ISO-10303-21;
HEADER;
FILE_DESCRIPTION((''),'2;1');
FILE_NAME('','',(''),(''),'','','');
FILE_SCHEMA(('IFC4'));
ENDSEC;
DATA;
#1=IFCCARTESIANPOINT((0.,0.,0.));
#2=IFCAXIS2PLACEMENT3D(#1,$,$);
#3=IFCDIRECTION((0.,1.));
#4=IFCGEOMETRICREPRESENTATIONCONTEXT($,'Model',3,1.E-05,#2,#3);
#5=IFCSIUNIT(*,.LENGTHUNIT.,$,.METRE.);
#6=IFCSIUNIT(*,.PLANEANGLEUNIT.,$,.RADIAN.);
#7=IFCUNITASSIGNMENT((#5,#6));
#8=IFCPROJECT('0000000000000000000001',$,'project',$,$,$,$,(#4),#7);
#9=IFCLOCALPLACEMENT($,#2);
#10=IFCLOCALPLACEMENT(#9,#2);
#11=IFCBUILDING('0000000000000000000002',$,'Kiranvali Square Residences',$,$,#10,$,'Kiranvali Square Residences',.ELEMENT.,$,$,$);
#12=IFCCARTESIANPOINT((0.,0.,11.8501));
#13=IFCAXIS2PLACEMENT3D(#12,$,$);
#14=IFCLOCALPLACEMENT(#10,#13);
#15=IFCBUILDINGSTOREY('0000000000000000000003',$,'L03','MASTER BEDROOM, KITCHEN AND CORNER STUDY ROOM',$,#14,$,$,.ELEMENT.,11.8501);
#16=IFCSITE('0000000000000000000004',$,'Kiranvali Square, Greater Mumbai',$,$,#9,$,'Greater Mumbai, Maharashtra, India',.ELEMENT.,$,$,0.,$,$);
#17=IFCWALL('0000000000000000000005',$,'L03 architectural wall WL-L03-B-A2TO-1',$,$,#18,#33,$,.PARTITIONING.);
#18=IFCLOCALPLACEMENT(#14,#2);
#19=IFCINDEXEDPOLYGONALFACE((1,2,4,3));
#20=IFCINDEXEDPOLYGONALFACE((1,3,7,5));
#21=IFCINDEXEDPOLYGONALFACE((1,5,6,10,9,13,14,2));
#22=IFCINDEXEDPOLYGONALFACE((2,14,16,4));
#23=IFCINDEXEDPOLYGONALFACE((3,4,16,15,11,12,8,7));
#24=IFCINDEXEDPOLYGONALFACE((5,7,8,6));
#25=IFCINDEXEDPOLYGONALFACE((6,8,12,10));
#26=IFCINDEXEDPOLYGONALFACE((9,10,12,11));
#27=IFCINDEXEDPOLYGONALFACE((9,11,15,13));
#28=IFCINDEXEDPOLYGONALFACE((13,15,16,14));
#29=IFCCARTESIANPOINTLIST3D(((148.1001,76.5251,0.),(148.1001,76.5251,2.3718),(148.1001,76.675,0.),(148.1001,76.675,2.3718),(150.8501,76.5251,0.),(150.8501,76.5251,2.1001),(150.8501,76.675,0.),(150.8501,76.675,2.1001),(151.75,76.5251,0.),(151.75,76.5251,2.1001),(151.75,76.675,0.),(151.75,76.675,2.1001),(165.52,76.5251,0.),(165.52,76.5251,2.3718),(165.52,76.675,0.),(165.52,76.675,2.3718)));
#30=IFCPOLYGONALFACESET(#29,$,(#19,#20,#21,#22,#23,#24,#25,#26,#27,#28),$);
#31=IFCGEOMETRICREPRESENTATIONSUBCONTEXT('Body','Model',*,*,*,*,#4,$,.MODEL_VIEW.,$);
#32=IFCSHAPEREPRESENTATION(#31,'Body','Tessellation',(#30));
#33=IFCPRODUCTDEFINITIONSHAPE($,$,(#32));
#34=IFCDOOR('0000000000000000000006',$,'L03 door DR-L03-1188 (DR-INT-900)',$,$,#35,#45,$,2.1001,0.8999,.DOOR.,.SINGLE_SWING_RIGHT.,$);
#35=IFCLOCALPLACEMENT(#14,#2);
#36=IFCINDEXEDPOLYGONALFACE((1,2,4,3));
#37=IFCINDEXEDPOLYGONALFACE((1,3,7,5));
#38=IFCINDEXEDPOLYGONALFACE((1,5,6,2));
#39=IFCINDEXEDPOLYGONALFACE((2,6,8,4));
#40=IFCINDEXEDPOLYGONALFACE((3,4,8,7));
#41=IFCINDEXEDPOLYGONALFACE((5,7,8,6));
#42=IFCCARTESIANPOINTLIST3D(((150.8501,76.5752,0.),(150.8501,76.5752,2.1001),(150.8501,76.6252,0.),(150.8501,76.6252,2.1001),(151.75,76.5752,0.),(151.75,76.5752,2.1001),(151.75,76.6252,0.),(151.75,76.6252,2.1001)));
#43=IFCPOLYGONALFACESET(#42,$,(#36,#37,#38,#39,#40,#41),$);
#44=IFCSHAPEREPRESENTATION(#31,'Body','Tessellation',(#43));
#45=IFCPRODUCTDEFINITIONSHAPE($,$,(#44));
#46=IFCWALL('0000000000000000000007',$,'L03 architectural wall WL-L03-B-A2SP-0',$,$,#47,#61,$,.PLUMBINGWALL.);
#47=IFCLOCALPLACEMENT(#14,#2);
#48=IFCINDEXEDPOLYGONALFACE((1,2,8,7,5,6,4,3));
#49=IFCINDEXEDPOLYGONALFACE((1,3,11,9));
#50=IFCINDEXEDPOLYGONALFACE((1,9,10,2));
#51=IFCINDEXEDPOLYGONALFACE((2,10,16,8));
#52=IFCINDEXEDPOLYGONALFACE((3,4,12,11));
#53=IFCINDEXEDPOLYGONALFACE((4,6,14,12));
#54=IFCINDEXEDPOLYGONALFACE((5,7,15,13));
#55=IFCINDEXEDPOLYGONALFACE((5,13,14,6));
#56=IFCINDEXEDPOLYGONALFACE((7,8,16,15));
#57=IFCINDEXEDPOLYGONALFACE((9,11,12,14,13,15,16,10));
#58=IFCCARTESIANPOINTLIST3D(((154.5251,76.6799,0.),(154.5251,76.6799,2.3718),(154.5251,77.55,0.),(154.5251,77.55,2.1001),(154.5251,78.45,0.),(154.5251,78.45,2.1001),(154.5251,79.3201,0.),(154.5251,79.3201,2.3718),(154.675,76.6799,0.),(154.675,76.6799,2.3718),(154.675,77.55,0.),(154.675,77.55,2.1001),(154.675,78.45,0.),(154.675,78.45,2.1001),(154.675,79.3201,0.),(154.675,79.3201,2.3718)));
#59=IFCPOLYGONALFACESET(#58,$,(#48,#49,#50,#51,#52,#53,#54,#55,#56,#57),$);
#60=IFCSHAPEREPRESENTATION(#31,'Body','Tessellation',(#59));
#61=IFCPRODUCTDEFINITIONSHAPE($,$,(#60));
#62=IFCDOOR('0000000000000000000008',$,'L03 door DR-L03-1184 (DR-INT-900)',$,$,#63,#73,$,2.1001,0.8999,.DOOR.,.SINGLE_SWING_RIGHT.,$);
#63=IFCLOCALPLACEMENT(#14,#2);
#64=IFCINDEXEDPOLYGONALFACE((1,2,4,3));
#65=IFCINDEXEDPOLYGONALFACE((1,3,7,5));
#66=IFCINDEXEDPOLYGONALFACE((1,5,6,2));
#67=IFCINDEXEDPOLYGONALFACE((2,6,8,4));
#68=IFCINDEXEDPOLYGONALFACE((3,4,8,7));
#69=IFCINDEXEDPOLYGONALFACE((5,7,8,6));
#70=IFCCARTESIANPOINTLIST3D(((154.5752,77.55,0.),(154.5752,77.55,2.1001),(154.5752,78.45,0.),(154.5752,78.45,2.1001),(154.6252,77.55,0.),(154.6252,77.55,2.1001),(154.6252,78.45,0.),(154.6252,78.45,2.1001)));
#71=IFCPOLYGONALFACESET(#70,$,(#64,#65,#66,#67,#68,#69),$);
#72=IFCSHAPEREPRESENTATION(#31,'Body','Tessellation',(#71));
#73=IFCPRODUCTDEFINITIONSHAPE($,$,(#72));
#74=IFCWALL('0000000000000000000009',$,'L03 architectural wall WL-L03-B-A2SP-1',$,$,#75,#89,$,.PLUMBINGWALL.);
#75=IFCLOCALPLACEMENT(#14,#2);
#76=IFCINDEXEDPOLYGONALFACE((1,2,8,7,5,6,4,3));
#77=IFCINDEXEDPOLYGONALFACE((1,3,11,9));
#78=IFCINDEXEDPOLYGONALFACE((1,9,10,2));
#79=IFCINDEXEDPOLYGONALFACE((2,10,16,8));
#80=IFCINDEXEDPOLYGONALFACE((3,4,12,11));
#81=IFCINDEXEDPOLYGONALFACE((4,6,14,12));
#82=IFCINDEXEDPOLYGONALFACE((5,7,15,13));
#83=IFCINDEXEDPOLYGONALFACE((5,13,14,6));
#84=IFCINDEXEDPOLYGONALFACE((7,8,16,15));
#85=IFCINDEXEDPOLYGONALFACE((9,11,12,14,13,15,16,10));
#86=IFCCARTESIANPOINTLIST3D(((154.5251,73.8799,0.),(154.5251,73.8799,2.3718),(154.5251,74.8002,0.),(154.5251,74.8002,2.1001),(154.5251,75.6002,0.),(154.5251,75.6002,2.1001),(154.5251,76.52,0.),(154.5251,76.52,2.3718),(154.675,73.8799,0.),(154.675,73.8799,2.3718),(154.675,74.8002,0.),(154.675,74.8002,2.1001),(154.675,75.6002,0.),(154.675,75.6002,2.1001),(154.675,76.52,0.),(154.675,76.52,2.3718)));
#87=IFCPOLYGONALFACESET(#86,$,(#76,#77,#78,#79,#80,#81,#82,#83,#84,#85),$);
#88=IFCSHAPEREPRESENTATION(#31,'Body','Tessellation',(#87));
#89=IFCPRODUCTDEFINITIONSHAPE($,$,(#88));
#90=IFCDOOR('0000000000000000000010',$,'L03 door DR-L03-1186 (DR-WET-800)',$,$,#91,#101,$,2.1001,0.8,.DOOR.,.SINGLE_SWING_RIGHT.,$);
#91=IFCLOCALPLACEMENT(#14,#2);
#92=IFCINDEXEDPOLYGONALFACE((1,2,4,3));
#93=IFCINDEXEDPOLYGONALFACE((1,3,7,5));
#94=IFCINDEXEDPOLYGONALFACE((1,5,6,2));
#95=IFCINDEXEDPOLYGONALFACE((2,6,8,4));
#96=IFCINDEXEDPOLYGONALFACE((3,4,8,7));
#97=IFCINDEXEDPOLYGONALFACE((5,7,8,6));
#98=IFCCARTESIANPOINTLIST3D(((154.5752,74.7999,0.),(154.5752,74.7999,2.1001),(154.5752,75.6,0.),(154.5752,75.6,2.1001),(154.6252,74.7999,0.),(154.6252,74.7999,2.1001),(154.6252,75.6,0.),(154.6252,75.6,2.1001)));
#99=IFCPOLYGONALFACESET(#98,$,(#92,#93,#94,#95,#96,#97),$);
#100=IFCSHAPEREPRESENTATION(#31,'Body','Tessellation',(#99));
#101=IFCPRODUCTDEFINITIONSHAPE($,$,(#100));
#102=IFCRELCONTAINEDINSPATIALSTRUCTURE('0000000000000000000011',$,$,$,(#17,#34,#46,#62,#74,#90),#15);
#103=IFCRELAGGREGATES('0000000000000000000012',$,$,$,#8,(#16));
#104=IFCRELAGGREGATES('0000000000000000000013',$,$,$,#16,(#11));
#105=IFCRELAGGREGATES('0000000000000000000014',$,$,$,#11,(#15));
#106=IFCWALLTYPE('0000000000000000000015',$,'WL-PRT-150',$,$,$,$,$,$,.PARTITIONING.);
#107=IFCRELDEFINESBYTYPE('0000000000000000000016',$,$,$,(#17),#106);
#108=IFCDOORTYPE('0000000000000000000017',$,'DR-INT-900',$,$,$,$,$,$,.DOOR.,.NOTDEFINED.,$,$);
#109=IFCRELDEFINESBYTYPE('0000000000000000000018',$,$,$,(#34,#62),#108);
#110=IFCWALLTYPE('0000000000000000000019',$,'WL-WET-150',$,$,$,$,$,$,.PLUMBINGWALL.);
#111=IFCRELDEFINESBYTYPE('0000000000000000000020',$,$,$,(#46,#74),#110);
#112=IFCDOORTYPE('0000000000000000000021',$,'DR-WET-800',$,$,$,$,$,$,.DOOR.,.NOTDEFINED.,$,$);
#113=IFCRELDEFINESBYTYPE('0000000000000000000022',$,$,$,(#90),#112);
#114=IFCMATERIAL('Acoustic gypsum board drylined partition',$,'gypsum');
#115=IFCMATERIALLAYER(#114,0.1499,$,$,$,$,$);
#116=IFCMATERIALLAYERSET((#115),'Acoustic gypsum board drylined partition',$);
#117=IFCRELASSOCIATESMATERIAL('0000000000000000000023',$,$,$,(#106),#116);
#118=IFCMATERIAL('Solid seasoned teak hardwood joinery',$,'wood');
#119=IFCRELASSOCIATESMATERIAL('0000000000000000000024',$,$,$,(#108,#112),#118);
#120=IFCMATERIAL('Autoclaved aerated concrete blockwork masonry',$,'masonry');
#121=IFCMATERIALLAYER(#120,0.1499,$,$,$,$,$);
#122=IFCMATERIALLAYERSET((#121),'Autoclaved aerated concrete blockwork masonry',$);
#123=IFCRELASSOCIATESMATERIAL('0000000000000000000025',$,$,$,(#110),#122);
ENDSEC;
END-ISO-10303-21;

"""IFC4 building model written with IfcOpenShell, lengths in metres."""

from ifc_helpers import new_model, si_unit, direction, frame, frame_2d, origin, place, context, subcontext, project, spatial, rectangle, extrude, material, layer, layer_set, type_object, element, fill, save


model = new_model("IFC4")

# Units and contexts
model_context = context("Model", 3, precision=1e-05, world=origin(), true_north=direction((0.0, 1.0)))
body_context = subcontext(model_context, "Body", "Model", "MODEL_VIEW")
ifc_project = project(units=[si_unit("LENGTHUNIT", "METRE"), si_unit("PLANEANGLEUNIT", "RADIAN")], contexts=[model_context])

# Site, building, storey
site_placement = place(None, origin())
site = spatial("IfcSite", under=ifc_project, at=site_placement, Name="Kiranvali Square, Greater Mumbai", LongName="Greater Mumbai, Maharashtra, India", CompositionType="ELEMENT", RefElevation=0.0)
building_placement = place(site_placement, origin())
building = spatial("IfcBuilding", under=site, at=building_placement, Name="Kiranvali Square Residences", LongName="Kiranvali Square Residences", CompositionType="ELEMENT")
storey_placement = place(building_placement, frame((0.0, 0.0, 11.8501)))
storey = spatial("IfcBuildingStorey", under=building, at=storey_placement, Name="L03", Description="MASTER BEDROOM, KITCHEN AND CORNER STUDY ROOM", CompositionType="ELEMENT", Elevation=11.8501)

# Shared definitions
ifc_material_1 = material(Name="Autoclaved aerated concrete blockwork masonry", Category="masonry")

# Walls, openings, doors
ifc_material_2 = material(Name="Acoustic gypsum board drylined partition", Category="gypsum")
ifc_layer_1 = layer(ifc_material_2, 0.1499)
ifc_layer_set_1 = layer_set([ifc_layer_1], Name="Acoustic gypsum board drylined partition")
wall_type_1 = type_object("IfcWallType", Name="WL-PRT-150", PredefinedType="PARTITIONING", material=ifc_layer_set_1)
wall_1_placement = place(storey_placement, frame((148.1001, 76.6001, 0.0), z_axis=(0.0, 0.0, 1.0), x_axis=(1.0, 0.0, 0.0)))
wall_1 = element("IfcWall", 1, at=wall_1_placement, inside=storey, type_object=wall_type_1, Name="L03 architectural wall WL-L03-B-A2TO-1", PredefinedType="PARTITIONING", context=body_context, shape_type="SweptSolid", body=[
    extrude(rectangle(XDim=17.4199, YDim=0.1499, at=frame_2d((8.71, 0.0))), origin(), (0.0, 0.0, 1.0), 2.3718),
])
opening_1_placement = place(wall_1_placement, frame((2.75, 0.0, 0.0)))
opening_1 = element("IfcOpeningElement", 2, at=opening_1_placement, cuts=wall_1, PredefinedType="OPENING", context=body_context, shape_type="SweptSolid", body=[
    extrude(rectangle(XDim=0.8999, YDim=2.1001, at=frame_2d((0.45, 1.05))), frame((0.0, 0.085, 0.0), z_axis=(0.0, -1.0, 0.0), x_axis=(1.0, 0.0, 0.0)), (0.0, 0.0, 1.0), 0.1699),
])
ifc_material_3 = material(Name="Solid seasoned teak hardwood joinery", Category="wood")
door_type_1 = type_object("IfcDoorType", Name="DR-INT-900", OperationType="NOTDEFINED", PredefinedType="DOOR", material=ifc_material_3)
door_1_placement = place(opening_1_placement, frame((0.8999, 0.0, 0.0), z_axis=(0.0, 0.0, 1.0), x_axis=(-1.0, 0.0, 0.0)))
door_1 = element("IfcDoor", 3, at=door_1_placement, inside=storey, type_object=door_type_1, Name="L03 door DR-L03-1188 (DR-INT-900)", OperationType="SINGLE_SWING_RIGHT", OverallHeight=2.1001, OverallWidth=0.8999, PredefinedType="DOOR", context=body_context, shape_type="SweptSolid", body=[
    extrude(rectangle(XDim=0.8999, YDim=2.1001, at=frame_2d((0.45, 1.05))), frame((0.0, 0.0249, 0.0), z_axis=(0.0, -1.0, 0.0), x_axis=(1.0, 0.0, 0.0)), (0.0, 0.0, 1.0), 0.05),
])
fill(opening_1, door_1)
ifc_layer_2 = layer(ifc_material_1, 0.1499)
ifc_layer_set_2 = layer_set([ifc_layer_2], Name="Autoclaved aerated concrete blockwork masonry")
wall_type_2 = type_object("IfcWallType", Name="WL-WET-150", PredefinedType="PLUMBINGWALL", material=ifc_layer_set_2)
wall_2_placement = place(storey_placement, frame((154.6001, 79.3201, 0.0), z_axis=(0.0, 0.0, 1.0), x_axis=(0.0, -1.0, 0.0)))
wall_2 = element("IfcWall", 4, at=wall_2_placement, inside=storey, type_object=wall_type_2, Name="L03 architectural wall WL-L03-B-A2SP-0", PredefinedType="PLUMBINGWALL", context=body_context, shape_type="SweptSolid", body=[
    extrude(rectangle(XDim=2.6401, YDim=0.1499, at=frame_2d((1.3201, 0.0))), origin(), (0.0, 0.0, 1.0), 2.3718),
])
opening_2_placement = place(wall_2_placement, frame((0.8701, 0.0, 0.0)))
opening_2 = element("IfcOpeningElement", 5, at=opening_2_placement, cuts=wall_2, PredefinedType="OPENING", context=body_context, shape_type="SweptSolid", body=[
    extrude(rectangle(XDim=0.8999, YDim=2.1001, at=frame_2d((0.45, 1.05))), frame((0.0, 0.085, 0.0), z_axis=(0.0, -1.0, 0.0), x_axis=(1.0, 0.0, 0.0)), (0.0, 0.0, 1.0), 0.1699),
])
door_2_placement = place(opening_2_placement, frame((0.8999, 0.0, 0.0), z_axis=(0.0, 0.0, 1.0), x_axis=(-1.0, 0.0, 0.0)))
door_2 = element("IfcDoor", 6, at=door_2_placement, inside=storey, type_object=door_type_1, Name="L03 door DR-L03-1184 (DR-INT-900)", OperationType="SINGLE_SWING_RIGHT", OverallHeight=2.1001, OverallWidth=0.8999, PredefinedType="DOOR", context=body_context, shape_type="SweptSolid", body=[
    extrude(rectangle(XDim=0.8999, YDim=2.1001, at=frame_2d((0.45, 1.05))), frame((0.0, 0.0249, 0.0), z_axis=(0.0, -1.0, 0.0), x_axis=(1.0, 0.0, 0.0)), (0.0, 0.0, 1.0), 0.05),
])
fill(opening_2, door_2)
wall_3_placement = place(storey_placement, frame((154.6001, 76.52, 0.0), z_axis=(0.0, 0.0, 1.0), x_axis=(0.0, -1.0, 0.0)))
wall_3 = element("IfcWall", 7, at=wall_3_placement, inside=storey, type_object=wall_type_2, Name="L03 architectural wall WL-L03-B-A2SP-1", PredefinedType="PLUMBINGWALL", context=body_context, shape_type="SweptSolid", body=[
    extrude(rectangle(XDim=2.6401, YDim=0.1499, at=frame_2d((1.3201, 0.0))), origin(), (0.0, 0.0, 1.0), 2.3718),
])
opening_3_placement = place(wall_3_placement, frame((0.9199, 0.0, 0.0)))
opening_3 = element("IfcOpeningElement", 8, at=opening_3_placement, cuts=wall_3, PredefinedType="OPENING", context=body_context, shape_type="SweptSolid", body=[
    extrude(rectangle(XDim=0.8, YDim=2.1001, at=frame_2d((0.3999, 1.05))), frame((0.0, 0.085, 0.0), z_axis=(0.0, -1.0, 0.0), x_axis=(1.0, 0.0, 0.0)), (0.0, 0.0, 1.0), 0.1699),
])
door_type_2 = type_object("IfcDoorType", Name="DR-WET-800", OperationType="NOTDEFINED", PredefinedType="DOOR", material=ifc_material_3)
door_3_placement = place(opening_3_placement, frame((0.8, 0.0, 0.0), z_axis=(0.0, 0.0, 1.0), x_axis=(-1.0, 0.0, 0.0)))
door_3 = element("IfcDoor", 9, at=door_3_placement, inside=storey, type_object=door_type_2, Name="L03 door DR-L03-1186 (DR-WET-800)", OperationType="SINGLE_SWING_RIGHT", OverallHeight=2.1001, OverallWidth=0.8, PredefinedType="DOOR", context=body_context, shape_type="SweptSolid", body=[
    extrude(rectangle(XDim=0.8, YDim=2.1001, at=frame_2d((0.3999, 1.05))), frame((0.0, 0.0249, 0.0), z_axis=(0.0, -1.0, 0.0), x_axis=(1.0, 0.0, 0.0)), (0.0, 0.0, 1.0), 0.05),
])
fill(opening_3, door_3)

save(model, "model.ifc")
